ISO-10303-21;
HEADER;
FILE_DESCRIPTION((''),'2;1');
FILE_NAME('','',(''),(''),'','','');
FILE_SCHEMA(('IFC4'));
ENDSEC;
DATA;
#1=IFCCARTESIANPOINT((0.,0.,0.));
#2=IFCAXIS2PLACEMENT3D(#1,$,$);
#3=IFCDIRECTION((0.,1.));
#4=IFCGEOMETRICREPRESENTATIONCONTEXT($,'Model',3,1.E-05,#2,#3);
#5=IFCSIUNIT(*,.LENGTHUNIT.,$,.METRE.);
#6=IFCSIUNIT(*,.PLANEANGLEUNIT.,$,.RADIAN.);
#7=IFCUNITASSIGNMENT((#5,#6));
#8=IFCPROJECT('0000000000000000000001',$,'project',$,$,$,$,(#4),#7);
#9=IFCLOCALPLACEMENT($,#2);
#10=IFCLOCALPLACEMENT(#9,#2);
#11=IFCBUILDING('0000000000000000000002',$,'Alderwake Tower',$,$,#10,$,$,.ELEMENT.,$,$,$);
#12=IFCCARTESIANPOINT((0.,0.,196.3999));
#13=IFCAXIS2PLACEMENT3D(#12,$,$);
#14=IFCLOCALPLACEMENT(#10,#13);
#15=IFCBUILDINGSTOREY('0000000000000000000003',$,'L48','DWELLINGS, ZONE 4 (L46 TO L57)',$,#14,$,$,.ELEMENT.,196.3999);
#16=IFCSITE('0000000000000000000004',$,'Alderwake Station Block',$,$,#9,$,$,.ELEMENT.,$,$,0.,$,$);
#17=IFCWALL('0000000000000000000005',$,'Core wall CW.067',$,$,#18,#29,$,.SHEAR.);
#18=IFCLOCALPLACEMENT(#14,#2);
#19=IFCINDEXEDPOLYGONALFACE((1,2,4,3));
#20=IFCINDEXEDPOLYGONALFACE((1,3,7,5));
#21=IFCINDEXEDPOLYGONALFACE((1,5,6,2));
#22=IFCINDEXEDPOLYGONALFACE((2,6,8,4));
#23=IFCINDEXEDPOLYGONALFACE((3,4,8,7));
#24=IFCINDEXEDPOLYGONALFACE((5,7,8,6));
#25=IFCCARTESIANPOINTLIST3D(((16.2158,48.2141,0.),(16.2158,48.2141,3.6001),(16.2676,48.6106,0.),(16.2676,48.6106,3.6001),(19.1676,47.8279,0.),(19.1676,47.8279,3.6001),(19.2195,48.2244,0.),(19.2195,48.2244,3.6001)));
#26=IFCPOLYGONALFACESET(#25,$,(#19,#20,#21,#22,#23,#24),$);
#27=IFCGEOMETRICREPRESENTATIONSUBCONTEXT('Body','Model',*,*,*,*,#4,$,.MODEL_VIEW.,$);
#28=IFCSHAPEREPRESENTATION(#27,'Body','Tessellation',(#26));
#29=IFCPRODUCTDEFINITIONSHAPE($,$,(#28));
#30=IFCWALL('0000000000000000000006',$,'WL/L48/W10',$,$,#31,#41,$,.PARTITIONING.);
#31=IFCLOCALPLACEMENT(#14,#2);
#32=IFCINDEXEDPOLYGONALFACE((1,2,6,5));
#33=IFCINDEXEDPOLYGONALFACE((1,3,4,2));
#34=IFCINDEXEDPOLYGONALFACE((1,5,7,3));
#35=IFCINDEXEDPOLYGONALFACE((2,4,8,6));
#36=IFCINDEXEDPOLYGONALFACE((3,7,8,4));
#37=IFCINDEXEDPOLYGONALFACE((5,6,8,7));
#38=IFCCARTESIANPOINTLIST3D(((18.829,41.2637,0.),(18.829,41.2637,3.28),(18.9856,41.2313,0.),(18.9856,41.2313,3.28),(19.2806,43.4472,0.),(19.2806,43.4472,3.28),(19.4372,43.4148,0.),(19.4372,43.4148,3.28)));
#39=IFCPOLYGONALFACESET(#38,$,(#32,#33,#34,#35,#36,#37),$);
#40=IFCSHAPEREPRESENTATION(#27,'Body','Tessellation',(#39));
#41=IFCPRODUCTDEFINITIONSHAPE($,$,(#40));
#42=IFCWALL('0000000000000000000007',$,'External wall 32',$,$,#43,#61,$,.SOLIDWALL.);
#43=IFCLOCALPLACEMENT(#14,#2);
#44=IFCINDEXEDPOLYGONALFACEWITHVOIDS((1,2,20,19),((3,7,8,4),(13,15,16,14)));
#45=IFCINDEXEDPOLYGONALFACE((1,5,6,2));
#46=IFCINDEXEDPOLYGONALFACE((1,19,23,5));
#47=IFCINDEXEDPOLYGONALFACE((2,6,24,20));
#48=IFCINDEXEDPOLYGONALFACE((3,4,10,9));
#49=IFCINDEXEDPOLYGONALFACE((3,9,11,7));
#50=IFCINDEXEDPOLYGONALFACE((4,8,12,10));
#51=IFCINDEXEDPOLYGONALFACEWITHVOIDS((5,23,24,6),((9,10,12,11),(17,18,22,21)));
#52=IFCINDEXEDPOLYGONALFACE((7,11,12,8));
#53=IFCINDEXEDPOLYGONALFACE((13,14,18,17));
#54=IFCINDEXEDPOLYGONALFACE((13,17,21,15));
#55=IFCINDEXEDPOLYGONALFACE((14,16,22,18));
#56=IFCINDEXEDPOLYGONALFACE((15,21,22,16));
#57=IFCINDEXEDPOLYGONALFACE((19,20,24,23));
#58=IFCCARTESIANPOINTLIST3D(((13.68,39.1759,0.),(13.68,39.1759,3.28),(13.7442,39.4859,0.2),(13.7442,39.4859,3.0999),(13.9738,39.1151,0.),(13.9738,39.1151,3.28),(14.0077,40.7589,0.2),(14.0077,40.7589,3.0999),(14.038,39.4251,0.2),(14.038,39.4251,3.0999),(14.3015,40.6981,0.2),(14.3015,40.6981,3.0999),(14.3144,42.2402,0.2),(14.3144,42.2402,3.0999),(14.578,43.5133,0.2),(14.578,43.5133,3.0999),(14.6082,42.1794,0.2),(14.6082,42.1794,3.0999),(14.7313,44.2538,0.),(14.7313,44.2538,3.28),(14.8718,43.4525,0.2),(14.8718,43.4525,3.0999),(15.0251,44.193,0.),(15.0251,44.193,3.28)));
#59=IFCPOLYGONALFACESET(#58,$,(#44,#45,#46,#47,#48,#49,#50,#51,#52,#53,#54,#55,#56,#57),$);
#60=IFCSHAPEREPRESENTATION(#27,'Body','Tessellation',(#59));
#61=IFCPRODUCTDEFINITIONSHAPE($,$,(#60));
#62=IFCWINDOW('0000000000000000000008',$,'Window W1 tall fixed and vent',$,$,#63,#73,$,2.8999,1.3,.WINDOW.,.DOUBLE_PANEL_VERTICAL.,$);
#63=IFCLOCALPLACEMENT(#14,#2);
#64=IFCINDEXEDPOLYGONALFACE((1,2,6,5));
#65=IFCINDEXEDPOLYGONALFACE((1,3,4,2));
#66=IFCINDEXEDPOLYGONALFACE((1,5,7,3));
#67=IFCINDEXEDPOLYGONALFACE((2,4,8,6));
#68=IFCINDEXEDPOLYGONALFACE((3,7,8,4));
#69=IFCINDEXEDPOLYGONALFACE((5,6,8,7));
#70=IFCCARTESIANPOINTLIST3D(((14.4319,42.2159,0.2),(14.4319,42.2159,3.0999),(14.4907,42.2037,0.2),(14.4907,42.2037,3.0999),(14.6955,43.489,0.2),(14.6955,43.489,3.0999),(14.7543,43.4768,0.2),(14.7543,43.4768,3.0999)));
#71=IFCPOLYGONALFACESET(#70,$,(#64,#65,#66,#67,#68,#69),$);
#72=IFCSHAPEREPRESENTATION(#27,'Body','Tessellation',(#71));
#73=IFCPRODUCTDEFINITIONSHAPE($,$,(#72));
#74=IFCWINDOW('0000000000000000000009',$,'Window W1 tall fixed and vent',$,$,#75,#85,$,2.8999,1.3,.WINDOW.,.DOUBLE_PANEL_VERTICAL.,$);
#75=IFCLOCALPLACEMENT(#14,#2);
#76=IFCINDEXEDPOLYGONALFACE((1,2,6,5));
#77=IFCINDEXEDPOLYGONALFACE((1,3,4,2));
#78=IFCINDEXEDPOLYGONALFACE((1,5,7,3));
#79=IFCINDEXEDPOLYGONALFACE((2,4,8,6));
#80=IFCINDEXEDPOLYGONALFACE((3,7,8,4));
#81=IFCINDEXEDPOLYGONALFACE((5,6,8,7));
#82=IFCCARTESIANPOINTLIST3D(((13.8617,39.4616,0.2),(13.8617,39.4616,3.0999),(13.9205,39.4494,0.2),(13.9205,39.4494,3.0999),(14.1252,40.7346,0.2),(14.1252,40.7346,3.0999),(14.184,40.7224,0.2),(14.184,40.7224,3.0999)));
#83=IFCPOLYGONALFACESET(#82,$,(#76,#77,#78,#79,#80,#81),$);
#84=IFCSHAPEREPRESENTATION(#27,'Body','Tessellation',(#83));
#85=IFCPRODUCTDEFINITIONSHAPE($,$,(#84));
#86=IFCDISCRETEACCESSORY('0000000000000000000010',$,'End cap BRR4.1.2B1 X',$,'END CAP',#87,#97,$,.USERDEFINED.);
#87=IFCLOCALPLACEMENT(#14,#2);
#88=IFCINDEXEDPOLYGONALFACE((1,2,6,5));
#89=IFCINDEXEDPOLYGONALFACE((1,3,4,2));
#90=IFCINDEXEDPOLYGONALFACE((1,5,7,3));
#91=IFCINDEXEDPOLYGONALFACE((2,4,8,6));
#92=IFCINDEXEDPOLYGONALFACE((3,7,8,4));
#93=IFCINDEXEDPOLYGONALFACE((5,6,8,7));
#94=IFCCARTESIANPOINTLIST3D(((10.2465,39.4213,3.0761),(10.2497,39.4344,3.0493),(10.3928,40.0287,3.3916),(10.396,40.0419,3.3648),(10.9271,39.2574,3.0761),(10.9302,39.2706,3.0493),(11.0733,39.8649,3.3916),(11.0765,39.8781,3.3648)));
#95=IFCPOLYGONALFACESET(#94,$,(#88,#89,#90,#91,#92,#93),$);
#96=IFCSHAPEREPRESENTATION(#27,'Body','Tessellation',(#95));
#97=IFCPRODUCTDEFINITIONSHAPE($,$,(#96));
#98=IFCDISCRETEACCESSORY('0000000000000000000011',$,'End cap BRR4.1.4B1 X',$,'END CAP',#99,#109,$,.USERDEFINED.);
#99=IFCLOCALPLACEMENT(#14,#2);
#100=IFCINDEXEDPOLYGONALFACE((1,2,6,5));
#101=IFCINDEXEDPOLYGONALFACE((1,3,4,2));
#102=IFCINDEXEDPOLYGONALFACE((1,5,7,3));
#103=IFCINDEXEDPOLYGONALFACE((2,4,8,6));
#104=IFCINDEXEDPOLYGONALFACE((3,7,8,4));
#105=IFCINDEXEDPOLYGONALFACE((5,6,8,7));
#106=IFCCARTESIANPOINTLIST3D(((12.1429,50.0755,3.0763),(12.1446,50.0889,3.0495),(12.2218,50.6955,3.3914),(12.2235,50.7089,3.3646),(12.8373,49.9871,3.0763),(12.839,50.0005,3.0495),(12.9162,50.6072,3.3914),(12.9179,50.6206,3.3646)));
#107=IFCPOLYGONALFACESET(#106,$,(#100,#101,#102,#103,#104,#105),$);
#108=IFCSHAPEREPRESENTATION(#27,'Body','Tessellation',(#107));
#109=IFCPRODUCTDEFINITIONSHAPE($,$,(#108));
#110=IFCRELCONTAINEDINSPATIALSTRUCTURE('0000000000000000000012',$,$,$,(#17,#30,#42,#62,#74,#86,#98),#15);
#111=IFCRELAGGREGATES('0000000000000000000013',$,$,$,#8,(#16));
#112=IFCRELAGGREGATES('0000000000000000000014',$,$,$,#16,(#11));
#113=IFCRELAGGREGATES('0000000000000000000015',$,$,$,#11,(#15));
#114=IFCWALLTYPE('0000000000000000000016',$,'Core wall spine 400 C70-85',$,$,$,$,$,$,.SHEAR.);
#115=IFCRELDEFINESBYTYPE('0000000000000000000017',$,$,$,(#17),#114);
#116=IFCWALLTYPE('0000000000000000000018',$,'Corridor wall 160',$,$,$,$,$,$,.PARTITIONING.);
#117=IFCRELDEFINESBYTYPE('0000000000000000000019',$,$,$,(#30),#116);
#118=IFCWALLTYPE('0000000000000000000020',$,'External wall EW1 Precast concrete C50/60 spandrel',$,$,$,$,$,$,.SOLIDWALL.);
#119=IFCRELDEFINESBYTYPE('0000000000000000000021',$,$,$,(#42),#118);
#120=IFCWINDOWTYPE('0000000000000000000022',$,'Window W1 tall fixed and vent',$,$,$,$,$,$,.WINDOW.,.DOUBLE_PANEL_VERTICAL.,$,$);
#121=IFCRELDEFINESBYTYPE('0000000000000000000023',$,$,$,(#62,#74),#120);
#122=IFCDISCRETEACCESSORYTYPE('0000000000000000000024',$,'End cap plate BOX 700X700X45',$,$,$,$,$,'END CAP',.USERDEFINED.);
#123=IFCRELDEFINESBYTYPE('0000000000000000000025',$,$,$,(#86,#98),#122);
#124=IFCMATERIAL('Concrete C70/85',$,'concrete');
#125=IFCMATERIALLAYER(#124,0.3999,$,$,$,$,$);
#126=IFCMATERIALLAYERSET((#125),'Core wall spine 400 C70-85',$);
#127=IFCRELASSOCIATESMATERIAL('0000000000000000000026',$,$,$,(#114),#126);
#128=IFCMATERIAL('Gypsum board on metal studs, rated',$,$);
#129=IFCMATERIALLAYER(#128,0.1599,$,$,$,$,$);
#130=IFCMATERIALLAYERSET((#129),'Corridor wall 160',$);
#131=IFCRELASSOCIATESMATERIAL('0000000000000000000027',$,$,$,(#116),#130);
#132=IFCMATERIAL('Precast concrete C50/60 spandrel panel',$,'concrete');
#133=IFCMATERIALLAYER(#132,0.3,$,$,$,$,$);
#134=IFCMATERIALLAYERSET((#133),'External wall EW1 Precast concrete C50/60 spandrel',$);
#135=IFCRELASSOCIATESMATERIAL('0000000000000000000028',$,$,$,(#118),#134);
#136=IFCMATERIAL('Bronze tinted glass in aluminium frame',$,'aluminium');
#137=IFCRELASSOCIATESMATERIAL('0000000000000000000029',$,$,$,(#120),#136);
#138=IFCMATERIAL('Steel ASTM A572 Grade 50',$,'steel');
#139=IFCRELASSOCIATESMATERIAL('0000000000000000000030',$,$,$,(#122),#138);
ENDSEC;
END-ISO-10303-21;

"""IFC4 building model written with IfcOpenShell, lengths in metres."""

from ifc_helpers import new_model, si_unit, direction, frame, frame_2d, origin, origin_2d, place, context, subcontext, project, spatial, rectangle, extrude, material, layer, layer_set, material_profile, profile_set, type_object, element, fill, save


model = new_model("IFC4")

# Units and contexts
model_context = context("Model", 3, precision=1e-05, world=origin(), true_north=direction((0.0, 1.0)))
body_context = subcontext(model_context, "Body", "Model", "MODEL_VIEW")
ifc_project = project(units=[si_unit("LENGTHUNIT", "METRE"), si_unit("PLANEANGLEUNIT", "RADIAN")], contexts=[model_context])

# Site, building, storey
site_placement = place(None, origin())
site = spatial("IfcSite", under=ifc_project, at=site_placement, Name="Alderwake Station Block", CompositionType="ELEMENT", RefElevation=0.0)
building_placement = place(site_placement, origin())
building = spatial("IfcBuilding", under=site, at=building_placement, Name="Alderwake Tower", CompositionType="ELEMENT")
storey_placement = place(building_placement, frame((0.0, 0.0, 196.3999)))
storey = spatial("IfcBuildingStorey", under=building, at=storey_placement, Name="L48", Description="DWELLINGS, ZONE 4 (L46 TO L57)", CompositionType="ELEMENT", Elevation=196.3999)

# Shared definitions
ifc_material_1 = material(Name="Concrete C70/85", Category="concrete")
ifc_layer_1 = layer(ifc_material_1, 0.3999)
ifc_layer_set_1 = layer_set([ifc_layer_1], Name="Core wall spine 400 C70-85")
wall_type_1 = type_object("IfcWallType", Name="Core wall spine 400 C70-85", PredefinedType="SHEAR", material=ifc_layer_set_1)

# Walls
wall_1_placement = place(storey_placement, frame((16.2417, 48.4124, 0.0), z_axis=(0.0, 0.0, 1.0), x_axis=(0.991549, -0.129735, 0.0)))
element("IfcWall", 1, at=wall_1_placement, inside=storey, type_object=wall_type_1, Name="Core wall CW.067", PredefinedType="SHEAR", context=body_context, shape_type="SweptSolid", body=[
    extrude(rectangle(XDim=2.9771, YDim=0.3999, at=frame_2d((1.4885, 0.0))), origin(), (0.0, 0.0, 1.0), 3.6001),
])
ifc_material_2 = material(Name="Gypsum board on metal studs, rated")
ifc_layer_2 = layer(ifc_material_2, 0.1599)
ifc_layer_set_2 = layer_set([ifc_layer_2], Name="Corridor wall 160")
wall_type_2 = type_object("IfcWallType", Name="Corridor wall 160", PredefinedType="PARTITIONING", material=ifc_layer_set_2)
wall_2_placement = place(storey_placement, frame((19.3589, 43.4309, 0.0), z_axis=(0.0, 0.0, 1.0), x_axis=(-0.202555, -0.979271, 0.0)))
element("IfcWall", 2, at=wall_2_placement, inside=storey, type_object=wall_type_2, Name="WL/L48/W10", PredefinedType="PARTITIONING", context=body_context, shape_type="SweptSolid", body=[
    extrude(rectangle(XDim=2.2297, YDim=0.1599, at=frame_2d((1.1147, 0.0))), origin(), (0.0, 0.0, 1.0), 3.28),
])

# Wall, openings, windows
ifc_material_3 = material(Name="Precast concrete C50/60 spandrel panel", Category="concrete")
ifc_layer_3 = layer(ifc_material_3, 0.3)
ifc_layer_set_3 = layer_set([ifc_layer_3], Name="External wall EW1 Precast concrete C50/60 spandrel")
wall_type_3 = type_object("IfcWallType", Name="External wall EW1 Precast concrete C50/60 spandrel", PredefinedType="SOLIDWALL", material=ifc_layer_set_3)
wall_3_placement = place(storey_placement, frame((14.8782, 44.2234, 0.0), z_axis=(0.0, 0.0, 1.0), x_axis=(-0.20273, -0.979235, 0.0)))
wall_3 = element("IfcWall", 3, at=wall_3_placement, inside=storey, type_object=wall_type_3, Name="External wall 32", PredefinedType="SOLIDWALL", context=body_context, shape_type="SweptSolid", body=[
    extrude(rectangle(XDim=5.1855, YDim=0.3, at=frame_2d((2.5928, 0.0))), origin(), (0.0, 0.0, 1.0), 3.28),
])
opening_1_placement = place(wall_3_placement, frame((0.7563, 0.0, 0.2)))
opening_1 = element("IfcOpeningElement", 4, at=opening_1_placement, cuts=wall_3, PredefinedType="OPENING", context=body_context, shape_type="SweptSolid", body=[
    extrude(rectangle(XDim=1.3, YDim=2.8999, at=frame_2d((0.6499, 1.45))), frame((0.0, 0.1599, 0.0), z_axis=(0.0, -1.0, 0.0), x_axis=(1.0, 0.0, 0.0)), (0.0, 0.0, 1.0), 0.3201),
])
opening_2_placement = place(wall_3_placement, frame((3.5691, 0.0, 0.2)))
opening_2 = element("IfcOpeningElement", 5, at=opening_2_placement, cuts=wall_3, PredefinedType="OPENING", context=body_context, shape_type="SweptSolid", body=[
    extrude(rectangle(XDim=1.3, YDim=2.8999, at=frame_2d((0.6499, 1.45))), frame((0.0, 0.1599, 0.0), z_axis=(0.0, -1.0, 0.0), x_axis=(1.0, 0.0, 0.0)), (0.0, 0.0, 1.0), 0.3201),
])
ifc_material_4 = material(Name="Bronze tinted glass in aluminium frame", Category="aluminium")
window_type = type_object("IfcWindowType", Name="Window W1 tall fixed and vent", PartitioningType="DOUBLE_PANEL_VERTICAL", PredefinedType="WINDOW", material=ifc_material_4)
window_1_placement = place(opening_1_placement, origin())
window_1 = element("IfcWindow", 6, at=window_1_placement, inside=storey, type_object=window_type, Name="Window W1 tall fixed and vent", OverallHeight=2.8999, OverallWidth=1.3, PartitioningType="DOUBLE_PANEL_VERTICAL", PredefinedType="WINDOW", context=body_context, shape_type="SweptSolid", body=[
    extrude(rectangle(XDim=1.3, YDim=2.8999, at=frame_2d((0.6499, 1.45))), frame((0.0, 0.03, 0.0), z_axis=(0.0, -1.0, 0.0), x_axis=(1.0, 0.0, 0.0)), (0.0, 0.0, 1.0), 0.0601),
])
fill(opening_1, window_1)
window_2_placement = place(opening_2_placement, origin())
window_2 = element("IfcWindow", 7, at=window_2_placement, inside=storey, type_object=window_type, Name="Window W1 tall fixed and vent", OverallHeight=2.8999, OverallWidth=1.3, PartitioningType="DOUBLE_PANEL_VERTICAL", PredefinedType="WINDOW", context=body_context, shape_type="SweptSolid", body=[
    extrude(rectangle(XDim=1.3, YDim=2.8999, at=frame_2d((0.6499, 1.45))), frame((0.0, 0.03, 0.0), z_axis=(0.0, -1.0, 0.0), x_axis=(1.0, 0.0, 0.0)), (0.0, 0.0, 1.0), 0.0601),
])
fill(opening_2, window_2)

# Discrete accessories
ifc_material_5 = material(Name="Steel ASTM A572 Grade 50", Category="steel")
ifc_material_profile_1 = material_profile(ifc_material_5, rectangle(XDim=0.7, YDim=0.7, at=origin_2d()), Name="BOX 700X700X45 cap")
ifc_profile_set_1 = profile_set([ifc_material_profile_1], Name="Steel ASTM A572 Grade 50")
discrete_accessory_type = type_object("IfcDiscreteAccessoryType", Name="End cap plate BOX 700X700X45", ElementType="END CAP", PredefinedType="USERDEFINED", material=ifc_profile_set_1)
for number, where, z_axis, x_axis, name in (
    (8, (10.6631, 39.6562, 3.207), (-0.105496, -0.438214, 0.892658), (0.972224, -0.234054, 0.0), "End cap BRR4.1.2B1 X"),
    (9, (12.5312, 50.3547, 3.207), (-0.056826, -0.446491, 0.892982), (0.991998, -0.126254, 0.0), "End cap BRR4.1.4B1 X"),
):
    element("IfcDiscreteAccessory", number, at=place(storey_placement, frame(where, z_axis=z_axis, x_axis=x_axis)), inside=storey, type_object=discrete_accessory_type, Name=name, ObjectType="END CAP", PredefinedType="USERDEFINED", context=body_context, shape_type="SweptSolid", body=[
        extrude(rectangle(XDim=0.7, YDim=0.7, at=origin_2d()), origin(), (0.0, 0.0, 1.0), 0.03),
    ])

save(model, "model.ifc")
